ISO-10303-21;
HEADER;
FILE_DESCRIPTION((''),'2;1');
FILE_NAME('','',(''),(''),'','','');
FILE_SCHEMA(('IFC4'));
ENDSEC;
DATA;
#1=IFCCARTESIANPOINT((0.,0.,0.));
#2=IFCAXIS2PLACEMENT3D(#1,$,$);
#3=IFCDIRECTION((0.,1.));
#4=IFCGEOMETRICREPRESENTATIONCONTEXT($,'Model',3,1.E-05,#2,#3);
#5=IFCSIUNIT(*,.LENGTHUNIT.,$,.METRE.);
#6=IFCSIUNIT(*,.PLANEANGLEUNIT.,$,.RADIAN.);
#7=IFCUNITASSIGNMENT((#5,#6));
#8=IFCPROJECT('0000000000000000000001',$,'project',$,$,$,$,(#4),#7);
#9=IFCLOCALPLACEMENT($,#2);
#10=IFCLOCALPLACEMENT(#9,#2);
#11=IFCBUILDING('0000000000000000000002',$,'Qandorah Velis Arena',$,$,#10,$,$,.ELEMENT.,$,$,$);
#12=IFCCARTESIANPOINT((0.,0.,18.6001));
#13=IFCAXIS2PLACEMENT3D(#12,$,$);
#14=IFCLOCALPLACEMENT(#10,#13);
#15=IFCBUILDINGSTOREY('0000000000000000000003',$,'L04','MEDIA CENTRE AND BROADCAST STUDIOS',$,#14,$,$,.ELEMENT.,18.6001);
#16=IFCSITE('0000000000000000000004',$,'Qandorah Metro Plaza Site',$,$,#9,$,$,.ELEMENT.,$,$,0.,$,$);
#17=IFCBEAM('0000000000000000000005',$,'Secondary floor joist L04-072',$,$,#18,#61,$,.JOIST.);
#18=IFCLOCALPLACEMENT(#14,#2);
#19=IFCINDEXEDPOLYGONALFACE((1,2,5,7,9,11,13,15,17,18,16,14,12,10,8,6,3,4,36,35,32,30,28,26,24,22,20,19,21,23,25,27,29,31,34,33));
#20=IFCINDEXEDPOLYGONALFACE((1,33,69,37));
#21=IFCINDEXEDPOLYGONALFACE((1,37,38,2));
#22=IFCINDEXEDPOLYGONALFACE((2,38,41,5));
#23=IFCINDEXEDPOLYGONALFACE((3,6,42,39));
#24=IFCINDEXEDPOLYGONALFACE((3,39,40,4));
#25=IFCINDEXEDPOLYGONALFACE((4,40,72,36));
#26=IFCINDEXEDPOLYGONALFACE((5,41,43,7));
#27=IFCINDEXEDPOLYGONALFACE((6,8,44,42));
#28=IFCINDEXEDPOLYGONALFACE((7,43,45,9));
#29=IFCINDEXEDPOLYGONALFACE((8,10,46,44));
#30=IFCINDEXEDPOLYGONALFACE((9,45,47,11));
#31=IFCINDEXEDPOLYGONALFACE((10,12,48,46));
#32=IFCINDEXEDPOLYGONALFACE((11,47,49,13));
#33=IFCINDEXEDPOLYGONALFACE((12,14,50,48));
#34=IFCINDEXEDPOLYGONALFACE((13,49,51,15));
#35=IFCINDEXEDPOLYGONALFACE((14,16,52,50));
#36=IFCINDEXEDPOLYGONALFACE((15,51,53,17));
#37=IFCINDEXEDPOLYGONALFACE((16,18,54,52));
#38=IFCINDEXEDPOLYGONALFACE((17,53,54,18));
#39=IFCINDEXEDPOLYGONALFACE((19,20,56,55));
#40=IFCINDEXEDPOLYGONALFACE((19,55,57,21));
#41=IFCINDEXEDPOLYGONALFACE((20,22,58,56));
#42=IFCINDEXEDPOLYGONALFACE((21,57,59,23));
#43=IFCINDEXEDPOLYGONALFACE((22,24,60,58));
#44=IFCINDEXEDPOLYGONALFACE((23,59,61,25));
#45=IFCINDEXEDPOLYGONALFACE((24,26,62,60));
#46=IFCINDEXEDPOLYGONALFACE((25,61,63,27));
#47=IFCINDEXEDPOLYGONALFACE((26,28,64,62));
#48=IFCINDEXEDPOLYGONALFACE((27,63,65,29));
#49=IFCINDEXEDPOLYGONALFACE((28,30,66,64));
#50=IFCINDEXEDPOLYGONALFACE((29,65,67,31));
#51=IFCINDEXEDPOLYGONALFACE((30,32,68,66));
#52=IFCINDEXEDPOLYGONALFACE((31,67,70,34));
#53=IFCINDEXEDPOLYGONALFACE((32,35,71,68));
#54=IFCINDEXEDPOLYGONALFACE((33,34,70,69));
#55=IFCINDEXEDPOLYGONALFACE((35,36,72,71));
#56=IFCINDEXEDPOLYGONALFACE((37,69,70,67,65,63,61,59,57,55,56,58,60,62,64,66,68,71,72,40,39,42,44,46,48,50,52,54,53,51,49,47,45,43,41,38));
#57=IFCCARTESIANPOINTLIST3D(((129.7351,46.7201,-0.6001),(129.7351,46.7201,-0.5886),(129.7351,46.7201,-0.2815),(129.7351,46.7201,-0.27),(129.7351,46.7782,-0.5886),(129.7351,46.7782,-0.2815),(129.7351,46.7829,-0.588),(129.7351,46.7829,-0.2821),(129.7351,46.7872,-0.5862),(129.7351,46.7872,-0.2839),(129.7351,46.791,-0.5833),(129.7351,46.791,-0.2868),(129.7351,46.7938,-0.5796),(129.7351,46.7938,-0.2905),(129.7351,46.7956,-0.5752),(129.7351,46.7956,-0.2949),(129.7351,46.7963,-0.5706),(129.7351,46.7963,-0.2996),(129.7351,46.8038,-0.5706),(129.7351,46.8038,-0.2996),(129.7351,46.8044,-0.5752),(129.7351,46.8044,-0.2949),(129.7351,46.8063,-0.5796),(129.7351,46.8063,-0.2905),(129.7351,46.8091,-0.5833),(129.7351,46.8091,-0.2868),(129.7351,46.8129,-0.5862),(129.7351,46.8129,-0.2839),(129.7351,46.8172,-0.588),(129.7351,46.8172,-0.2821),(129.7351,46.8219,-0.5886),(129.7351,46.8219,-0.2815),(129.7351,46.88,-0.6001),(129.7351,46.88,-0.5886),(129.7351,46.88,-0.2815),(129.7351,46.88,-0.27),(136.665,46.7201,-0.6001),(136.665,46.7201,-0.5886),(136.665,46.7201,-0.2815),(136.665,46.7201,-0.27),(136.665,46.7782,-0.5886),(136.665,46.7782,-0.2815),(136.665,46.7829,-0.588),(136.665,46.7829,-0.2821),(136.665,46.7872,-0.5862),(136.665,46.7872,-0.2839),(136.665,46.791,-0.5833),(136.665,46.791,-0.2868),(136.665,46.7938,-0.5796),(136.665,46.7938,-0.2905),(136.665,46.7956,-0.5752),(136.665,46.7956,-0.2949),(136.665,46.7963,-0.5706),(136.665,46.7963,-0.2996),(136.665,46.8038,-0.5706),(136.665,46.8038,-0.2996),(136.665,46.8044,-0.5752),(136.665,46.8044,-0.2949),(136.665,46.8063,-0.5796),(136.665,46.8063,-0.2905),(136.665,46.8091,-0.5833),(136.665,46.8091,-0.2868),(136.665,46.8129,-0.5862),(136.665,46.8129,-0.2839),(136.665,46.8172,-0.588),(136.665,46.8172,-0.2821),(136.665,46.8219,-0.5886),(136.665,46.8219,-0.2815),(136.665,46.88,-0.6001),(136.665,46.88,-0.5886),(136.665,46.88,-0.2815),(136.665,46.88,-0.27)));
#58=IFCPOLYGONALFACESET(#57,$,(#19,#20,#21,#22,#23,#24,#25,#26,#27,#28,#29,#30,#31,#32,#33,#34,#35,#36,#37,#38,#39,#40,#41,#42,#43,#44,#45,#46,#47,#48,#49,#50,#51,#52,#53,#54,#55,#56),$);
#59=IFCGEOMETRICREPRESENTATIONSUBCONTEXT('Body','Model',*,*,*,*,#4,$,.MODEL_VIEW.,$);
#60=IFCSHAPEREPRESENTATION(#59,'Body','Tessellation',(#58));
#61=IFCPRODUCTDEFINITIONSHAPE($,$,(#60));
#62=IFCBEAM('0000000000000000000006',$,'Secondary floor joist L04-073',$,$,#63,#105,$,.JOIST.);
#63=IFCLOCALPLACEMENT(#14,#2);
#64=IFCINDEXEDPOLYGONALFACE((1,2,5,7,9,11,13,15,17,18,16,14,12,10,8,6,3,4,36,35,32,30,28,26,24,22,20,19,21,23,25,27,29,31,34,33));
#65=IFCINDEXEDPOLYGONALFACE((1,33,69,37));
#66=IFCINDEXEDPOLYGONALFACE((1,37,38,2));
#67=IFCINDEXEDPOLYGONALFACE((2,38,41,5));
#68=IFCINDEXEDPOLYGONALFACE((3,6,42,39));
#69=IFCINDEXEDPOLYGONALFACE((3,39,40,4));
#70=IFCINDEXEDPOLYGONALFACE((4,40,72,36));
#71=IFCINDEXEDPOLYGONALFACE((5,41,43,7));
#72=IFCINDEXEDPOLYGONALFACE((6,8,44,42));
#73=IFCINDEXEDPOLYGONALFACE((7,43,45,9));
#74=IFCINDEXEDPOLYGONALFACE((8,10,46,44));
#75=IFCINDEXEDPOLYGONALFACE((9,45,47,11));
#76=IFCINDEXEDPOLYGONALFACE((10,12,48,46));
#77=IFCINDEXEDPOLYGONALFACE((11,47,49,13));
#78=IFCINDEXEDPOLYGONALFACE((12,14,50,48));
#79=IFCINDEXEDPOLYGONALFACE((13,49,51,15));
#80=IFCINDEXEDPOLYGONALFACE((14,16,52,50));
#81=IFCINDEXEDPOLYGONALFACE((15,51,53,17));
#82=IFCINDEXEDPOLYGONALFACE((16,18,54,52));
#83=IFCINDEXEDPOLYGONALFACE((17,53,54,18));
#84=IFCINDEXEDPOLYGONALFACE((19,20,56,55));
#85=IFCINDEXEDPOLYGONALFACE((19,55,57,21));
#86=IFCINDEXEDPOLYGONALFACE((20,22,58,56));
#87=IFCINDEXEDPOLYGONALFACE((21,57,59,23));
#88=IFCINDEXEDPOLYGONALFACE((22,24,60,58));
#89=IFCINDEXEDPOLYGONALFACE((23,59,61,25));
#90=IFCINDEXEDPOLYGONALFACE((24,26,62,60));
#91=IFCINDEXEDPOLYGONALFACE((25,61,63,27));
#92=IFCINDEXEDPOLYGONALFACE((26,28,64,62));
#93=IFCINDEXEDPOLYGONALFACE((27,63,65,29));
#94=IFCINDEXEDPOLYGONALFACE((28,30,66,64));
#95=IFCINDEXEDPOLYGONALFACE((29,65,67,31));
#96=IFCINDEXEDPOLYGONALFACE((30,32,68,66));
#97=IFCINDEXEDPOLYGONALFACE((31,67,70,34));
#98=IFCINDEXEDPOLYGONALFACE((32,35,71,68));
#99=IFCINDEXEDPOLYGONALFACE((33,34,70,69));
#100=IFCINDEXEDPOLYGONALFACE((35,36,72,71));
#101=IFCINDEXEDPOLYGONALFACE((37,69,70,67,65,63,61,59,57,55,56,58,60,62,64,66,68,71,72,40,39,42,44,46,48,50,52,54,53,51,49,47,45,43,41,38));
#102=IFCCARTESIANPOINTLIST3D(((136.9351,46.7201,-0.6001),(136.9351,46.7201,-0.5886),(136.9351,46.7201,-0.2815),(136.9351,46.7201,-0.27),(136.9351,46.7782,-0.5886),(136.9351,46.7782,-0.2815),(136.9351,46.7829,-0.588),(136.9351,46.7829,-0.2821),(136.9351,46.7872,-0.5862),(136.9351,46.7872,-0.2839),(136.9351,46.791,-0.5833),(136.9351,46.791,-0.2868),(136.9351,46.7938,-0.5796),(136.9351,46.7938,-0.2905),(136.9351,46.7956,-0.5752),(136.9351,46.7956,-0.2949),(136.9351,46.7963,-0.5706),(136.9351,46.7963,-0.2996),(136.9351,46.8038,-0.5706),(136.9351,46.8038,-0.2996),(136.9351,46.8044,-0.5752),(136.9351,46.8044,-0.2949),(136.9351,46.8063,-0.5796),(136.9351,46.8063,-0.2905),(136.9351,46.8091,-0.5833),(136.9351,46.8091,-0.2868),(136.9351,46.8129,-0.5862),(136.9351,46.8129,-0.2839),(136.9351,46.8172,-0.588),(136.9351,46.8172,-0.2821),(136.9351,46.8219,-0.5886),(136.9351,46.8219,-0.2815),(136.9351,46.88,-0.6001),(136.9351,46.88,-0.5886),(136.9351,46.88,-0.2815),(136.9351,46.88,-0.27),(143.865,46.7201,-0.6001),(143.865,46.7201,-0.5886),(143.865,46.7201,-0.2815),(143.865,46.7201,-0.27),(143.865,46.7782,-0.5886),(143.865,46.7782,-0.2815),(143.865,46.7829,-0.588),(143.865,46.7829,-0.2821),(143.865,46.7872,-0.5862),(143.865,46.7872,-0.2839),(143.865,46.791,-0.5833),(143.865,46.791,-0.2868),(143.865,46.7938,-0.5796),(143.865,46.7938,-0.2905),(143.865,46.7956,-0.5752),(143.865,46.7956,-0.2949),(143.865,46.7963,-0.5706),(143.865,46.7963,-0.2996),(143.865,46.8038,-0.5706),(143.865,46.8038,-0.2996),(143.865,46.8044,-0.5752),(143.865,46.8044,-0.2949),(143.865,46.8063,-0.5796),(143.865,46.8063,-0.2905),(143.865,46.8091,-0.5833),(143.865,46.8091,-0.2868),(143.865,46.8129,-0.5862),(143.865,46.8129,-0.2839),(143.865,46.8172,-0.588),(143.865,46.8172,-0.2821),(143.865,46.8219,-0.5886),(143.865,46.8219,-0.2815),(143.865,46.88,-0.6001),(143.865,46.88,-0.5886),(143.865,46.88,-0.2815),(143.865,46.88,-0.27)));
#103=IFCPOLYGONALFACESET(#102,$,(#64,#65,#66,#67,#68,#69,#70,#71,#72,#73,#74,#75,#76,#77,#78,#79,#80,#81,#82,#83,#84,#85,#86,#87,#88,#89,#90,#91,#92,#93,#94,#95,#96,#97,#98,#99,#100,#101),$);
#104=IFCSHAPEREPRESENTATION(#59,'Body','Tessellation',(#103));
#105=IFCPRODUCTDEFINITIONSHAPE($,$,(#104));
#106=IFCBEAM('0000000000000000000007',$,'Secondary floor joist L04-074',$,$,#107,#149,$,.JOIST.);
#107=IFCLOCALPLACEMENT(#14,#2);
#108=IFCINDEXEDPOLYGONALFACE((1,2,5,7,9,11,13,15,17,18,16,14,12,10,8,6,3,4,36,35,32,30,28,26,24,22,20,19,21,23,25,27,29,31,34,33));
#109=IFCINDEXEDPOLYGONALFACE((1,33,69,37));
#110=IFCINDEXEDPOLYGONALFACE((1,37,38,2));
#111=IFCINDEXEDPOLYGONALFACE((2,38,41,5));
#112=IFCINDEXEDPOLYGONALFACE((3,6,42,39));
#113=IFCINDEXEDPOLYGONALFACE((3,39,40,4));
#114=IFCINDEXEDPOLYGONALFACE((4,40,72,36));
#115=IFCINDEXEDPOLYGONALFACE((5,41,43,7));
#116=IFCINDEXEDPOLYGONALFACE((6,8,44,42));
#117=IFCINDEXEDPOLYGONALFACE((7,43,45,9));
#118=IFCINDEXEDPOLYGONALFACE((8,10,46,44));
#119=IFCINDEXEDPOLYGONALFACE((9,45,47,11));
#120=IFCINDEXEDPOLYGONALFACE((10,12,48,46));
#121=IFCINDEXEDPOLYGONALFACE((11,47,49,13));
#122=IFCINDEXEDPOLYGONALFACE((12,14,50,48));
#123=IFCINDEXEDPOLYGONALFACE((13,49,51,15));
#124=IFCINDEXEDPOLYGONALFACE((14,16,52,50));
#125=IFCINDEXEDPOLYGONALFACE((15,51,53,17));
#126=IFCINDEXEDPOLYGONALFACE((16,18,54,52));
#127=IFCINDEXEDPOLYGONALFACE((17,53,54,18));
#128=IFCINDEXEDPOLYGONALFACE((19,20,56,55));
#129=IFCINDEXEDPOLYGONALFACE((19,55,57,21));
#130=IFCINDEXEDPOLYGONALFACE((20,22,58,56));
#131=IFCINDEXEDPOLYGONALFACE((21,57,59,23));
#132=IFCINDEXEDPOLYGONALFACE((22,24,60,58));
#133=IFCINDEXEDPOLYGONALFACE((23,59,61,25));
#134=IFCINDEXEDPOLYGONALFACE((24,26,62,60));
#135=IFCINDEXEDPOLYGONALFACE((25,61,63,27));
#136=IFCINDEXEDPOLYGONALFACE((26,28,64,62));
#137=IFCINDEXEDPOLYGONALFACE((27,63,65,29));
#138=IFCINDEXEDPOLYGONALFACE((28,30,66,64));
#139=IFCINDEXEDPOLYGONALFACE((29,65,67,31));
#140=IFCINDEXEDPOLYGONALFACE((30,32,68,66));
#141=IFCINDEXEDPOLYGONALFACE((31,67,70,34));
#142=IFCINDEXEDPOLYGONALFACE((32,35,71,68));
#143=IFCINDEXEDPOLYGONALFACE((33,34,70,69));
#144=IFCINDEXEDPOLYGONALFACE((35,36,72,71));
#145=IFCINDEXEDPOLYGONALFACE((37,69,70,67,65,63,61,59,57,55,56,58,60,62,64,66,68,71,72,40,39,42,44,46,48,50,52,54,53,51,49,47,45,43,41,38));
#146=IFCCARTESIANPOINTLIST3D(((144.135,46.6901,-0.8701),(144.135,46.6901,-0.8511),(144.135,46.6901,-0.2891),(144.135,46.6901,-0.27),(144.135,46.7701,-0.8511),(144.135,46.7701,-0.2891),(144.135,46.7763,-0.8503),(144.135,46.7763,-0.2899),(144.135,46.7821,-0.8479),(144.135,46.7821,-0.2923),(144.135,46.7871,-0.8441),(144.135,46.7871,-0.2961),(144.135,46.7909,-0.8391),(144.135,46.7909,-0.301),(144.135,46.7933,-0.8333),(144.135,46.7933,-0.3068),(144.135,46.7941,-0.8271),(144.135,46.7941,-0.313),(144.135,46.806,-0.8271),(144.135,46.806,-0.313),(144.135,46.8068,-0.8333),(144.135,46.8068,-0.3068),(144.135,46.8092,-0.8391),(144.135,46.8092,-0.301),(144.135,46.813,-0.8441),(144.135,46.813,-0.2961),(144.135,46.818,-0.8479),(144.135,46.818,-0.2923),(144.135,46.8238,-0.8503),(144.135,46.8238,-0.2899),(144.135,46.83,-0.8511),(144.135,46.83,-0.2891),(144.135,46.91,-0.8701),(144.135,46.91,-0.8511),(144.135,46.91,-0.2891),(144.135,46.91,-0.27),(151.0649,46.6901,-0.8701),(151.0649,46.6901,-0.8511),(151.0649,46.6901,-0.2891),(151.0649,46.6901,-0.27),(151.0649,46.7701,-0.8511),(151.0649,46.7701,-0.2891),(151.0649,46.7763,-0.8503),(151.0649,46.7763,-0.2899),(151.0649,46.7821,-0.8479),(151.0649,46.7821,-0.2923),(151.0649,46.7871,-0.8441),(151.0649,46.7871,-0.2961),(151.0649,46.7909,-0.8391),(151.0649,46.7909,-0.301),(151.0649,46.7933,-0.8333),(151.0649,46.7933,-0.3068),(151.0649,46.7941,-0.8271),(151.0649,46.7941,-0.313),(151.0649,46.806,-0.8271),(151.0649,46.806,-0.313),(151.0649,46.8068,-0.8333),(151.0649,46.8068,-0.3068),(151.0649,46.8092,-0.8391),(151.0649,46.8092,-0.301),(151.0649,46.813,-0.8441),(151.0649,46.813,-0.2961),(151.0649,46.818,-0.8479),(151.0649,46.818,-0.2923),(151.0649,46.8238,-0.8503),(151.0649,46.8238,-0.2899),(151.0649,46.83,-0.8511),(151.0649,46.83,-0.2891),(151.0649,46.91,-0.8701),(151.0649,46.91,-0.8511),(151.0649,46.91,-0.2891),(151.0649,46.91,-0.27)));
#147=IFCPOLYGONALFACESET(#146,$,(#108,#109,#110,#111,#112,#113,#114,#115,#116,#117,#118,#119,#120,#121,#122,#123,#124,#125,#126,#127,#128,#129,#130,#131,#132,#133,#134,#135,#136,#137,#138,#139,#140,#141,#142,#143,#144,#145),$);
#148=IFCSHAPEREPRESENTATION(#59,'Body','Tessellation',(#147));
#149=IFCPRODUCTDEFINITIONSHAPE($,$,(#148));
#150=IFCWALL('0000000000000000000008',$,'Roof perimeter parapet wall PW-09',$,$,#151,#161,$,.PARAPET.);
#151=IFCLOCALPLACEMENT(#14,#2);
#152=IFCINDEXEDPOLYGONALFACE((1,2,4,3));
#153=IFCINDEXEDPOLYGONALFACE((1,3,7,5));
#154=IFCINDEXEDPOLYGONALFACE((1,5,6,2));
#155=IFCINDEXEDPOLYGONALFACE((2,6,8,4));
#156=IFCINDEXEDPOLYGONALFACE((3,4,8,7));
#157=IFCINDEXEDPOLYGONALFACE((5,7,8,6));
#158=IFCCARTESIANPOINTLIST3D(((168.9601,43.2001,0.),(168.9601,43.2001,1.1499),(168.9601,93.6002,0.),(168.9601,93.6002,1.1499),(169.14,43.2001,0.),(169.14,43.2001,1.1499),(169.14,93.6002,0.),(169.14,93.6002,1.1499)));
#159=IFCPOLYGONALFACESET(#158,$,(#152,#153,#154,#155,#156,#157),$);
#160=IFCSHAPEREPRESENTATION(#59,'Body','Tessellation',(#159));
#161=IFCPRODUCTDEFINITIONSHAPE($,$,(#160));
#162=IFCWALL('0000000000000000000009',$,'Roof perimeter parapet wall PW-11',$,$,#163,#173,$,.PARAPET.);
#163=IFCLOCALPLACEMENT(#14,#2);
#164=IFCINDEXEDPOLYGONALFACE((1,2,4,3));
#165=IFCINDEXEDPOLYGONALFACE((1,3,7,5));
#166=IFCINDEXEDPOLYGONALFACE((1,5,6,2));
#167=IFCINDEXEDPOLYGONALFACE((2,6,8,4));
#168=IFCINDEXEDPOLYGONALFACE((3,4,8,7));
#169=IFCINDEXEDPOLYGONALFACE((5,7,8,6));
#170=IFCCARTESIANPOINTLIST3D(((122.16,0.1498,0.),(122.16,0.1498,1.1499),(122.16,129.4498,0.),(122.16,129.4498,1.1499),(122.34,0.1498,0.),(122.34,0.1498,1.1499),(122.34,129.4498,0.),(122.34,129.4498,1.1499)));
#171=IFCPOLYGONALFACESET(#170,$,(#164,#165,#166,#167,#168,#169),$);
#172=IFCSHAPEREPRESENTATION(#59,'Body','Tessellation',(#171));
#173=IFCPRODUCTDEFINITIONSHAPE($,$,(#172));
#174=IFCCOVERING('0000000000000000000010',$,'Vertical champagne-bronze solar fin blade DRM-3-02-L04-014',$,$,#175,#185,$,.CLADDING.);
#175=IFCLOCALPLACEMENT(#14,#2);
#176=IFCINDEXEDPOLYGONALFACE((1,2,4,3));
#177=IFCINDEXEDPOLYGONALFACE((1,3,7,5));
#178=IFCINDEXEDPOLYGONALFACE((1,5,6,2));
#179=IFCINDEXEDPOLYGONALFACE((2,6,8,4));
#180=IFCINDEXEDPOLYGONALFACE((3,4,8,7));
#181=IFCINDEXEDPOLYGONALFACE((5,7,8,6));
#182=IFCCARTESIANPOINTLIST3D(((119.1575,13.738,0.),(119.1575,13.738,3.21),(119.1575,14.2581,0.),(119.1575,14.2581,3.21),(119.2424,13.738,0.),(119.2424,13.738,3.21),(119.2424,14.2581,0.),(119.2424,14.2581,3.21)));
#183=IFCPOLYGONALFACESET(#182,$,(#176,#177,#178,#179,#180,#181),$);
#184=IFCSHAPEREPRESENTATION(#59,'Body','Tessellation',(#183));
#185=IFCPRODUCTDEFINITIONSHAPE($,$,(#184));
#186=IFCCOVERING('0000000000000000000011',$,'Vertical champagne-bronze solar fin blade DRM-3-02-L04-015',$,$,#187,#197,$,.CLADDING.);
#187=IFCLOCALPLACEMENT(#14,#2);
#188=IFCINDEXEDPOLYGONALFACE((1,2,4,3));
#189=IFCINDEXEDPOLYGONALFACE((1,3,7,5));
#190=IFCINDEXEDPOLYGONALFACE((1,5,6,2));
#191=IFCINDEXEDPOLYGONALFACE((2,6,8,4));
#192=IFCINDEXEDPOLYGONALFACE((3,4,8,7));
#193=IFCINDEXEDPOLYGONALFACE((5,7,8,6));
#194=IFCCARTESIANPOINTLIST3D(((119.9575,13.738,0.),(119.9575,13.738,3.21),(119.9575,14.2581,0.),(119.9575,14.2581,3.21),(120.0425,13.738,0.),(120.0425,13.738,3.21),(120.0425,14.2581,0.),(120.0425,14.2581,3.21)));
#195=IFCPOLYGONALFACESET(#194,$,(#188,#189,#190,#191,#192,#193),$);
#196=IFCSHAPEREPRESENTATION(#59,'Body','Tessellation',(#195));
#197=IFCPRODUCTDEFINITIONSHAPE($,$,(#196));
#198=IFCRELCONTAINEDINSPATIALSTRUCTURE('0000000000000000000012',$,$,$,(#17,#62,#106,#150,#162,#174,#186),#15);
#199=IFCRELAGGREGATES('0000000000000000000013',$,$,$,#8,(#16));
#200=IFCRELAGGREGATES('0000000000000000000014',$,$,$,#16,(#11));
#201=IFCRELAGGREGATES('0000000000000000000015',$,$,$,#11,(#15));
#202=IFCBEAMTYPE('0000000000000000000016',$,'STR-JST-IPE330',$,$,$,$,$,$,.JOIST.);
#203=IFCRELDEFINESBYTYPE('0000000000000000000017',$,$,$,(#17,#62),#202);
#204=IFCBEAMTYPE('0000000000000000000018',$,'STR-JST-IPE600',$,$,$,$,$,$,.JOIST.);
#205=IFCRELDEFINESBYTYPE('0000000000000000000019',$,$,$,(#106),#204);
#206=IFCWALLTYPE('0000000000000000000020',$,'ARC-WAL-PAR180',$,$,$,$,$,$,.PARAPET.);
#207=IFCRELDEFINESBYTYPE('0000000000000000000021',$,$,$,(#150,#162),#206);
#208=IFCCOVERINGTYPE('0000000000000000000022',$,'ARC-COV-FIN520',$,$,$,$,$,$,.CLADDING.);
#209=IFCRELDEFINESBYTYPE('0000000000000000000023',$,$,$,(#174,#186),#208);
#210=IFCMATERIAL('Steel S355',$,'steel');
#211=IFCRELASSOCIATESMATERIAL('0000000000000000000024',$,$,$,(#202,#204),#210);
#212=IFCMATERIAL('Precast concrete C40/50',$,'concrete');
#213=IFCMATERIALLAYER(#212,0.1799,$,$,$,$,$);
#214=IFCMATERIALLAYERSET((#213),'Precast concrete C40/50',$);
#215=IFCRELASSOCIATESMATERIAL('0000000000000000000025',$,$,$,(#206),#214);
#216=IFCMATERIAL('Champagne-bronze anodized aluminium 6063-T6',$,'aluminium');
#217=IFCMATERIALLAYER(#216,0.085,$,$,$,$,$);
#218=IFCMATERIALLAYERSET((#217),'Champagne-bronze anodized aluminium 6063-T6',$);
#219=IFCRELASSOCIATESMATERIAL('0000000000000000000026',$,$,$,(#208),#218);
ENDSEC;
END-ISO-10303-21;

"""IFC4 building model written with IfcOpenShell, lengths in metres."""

from ifc_helpers import new_model, si_unit, direction, frame, frame_2d, origin, origin_2d, place, context, subcontext, project, spatial, rectangle, i_section, extrude, material, layer, layer_set, material_profile, profile_set, type_object, element, save


model = new_model("IFC4")

# Units and contexts
model_context = context("Model", 3, precision=1e-05, world=origin(), true_north=direction((0.0, 1.0)))
body_context = subcontext(model_context, "Body", "Model", "MODEL_VIEW")
ifc_project = project(units=[si_unit("LENGTHUNIT", "METRE"), si_unit("PLANEANGLEUNIT", "RADIAN")], contexts=[model_context])

# Site, building, storey
site_placement = place(None, origin())
site = spatial("IfcSite", under=ifc_project, at=site_placement, Name="Qandorah Metro Plaza Site", CompositionType="ELEMENT", RefElevation=0.0)
building_placement = place(site_placement, origin())
building = spatial("IfcBuilding", under=site, at=building_placement, Name="Qandorah Velis Arena", CompositionType="ELEMENT")
storey_placement = place(building_placement, frame((0.0, 0.0, 18.6001)))
storey = spatial("IfcBuildingStorey", under=building, at=storey_placement, Name="L04", Description="MEDIA CENTRE AND BROADCAST STUDIOS", CompositionType="ELEMENT", Elevation=18.6001)

# Beams
ifc_material_1 = material(Name="Steel S355", Category="steel")
ifc_material_profile_1 = material_profile(ifc_material_1, i_section(OverallWidth=0.1599, OverallDepth=0.3301, WebThickness=0.0076, FlangeThickness=0.0115, FilletRadius=0.0181, at=origin_2d()), Name="IPE 330")
ifc_profile_set_1 = profile_set([ifc_material_profile_1], Name="Steel S355")
beam_type_1 = type_object("IfcBeamType", Name="STR-JST-IPE330", PredefinedType="JOIST", material=ifc_profile_set_1)
for number, where, z_axis, x_axis, name in (
    (1, (129.7351, 46.8, -0.4351), (1.0, 0.0, 0.0), (0.0, 1.0, 0.0), "Secondary floor joist L04-072"),
    (2, (136.9351, 46.8, -0.4351), (1.0, 0.0, 0.0), (0.0, 1.0, 0.0), "Secondary floor joist L04-073"),
):
    element("IfcBeam", number, at=place(storey_placement, frame(where, z_axis=z_axis, x_axis=x_axis)), inside=storey, type_object=beam_type_1, Name=name, PredefinedType="JOIST", context=body_context, shape_type="SweptSolid", body=[
        extrude(i_section(OverallWidth=0.1599, OverallDepth=0.3301, WebThickness=0.0076, FlangeThickness=0.0115, FilletRadius=0.0181, at=origin_2d()), origin(), (0.0, 0.0, 1.0), 6.9299),
    ])
ifc_material_profile_2 = material_profile(ifc_material_1, i_section(OverallWidth=0.22, OverallDepth=0.6001, WebThickness=0.012, FlangeThickness=0.019, FilletRadius=0.0239, at=origin_2d()), Name="IPE 600")
ifc_profile_set_2 = profile_set([ifc_material_profile_2], Name="Steel S355")
beam_type_2 = type_object("IfcBeamType", Name="STR-JST-IPE600", PredefinedType="JOIST", material=ifc_profile_set_2)
beam_1_placement = place(storey_placement, frame((144.135, 46.8, -0.5701), z_axis=(1.0, 0.0, 0.0), x_axis=(0.0, 1.0, 0.0)))
element("IfcBeam", 3, at=beam_1_placement, inside=storey, type_object=beam_type_2, Name="Secondary floor joist L04-074", PredefinedType="JOIST", context=body_context, shape_type="SweptSolid", body=[
    extrude(i_section(OverallWidth=0.22, OverallDepth=0.6001, WebThickness=0.012, FlangeThickness=0.019, FilletRadius=0.0239, at=origin_2d()), origin(), (0.0, 0.0, 1.0), 6.9299),
])

# Walls
ifc_material_2 = material(Name="Precast concrete C40/50", Category="concrete")
ifc_layer_1 = layer(ifc_material_2, 0.1799)
ifc_layer_set_1 = layer_set([ifc_layer_1], Name="Precast concrete C40/50")
wall_type = type_object("IfcWallType", Name="ARC-WAL-PAR180", PredefinedType="PARAPET", material=ifc_layer_set_1)
wall_1_placement = place(storey_placement, frame((169.05, 43.2, 0.0), z_axis=(0.0, 0.0, 1.0), x_axis=(0.0, 1.0, 0.0)))
element("IfcWall", 4, at=wall_1_placement, inside=storey, type_object=wall_type, Name="Roof perimeter parapet wall PW-09", PredefinedType="PARAPET", context=body_context, shape_type="SweptSolid", body=[
    extrude(rectangle(XDim=50.4001, YDim=0.1799, at=frame_2d((25.2002, 0.0))), origin(), (0.0, 0.0, 1.0), 1.1499),
])
wall_2_placement = place(storey_placement, frame((122.25, 0.1499, 0.0), z_axis=(0.0, 0.0, 1.0), x_axis=(0.0, 1.0, 0.0)))
element("IfcWall", 5, at=wall_2_placement, inside=storey, type_object=wall_type, Name="Roof perimeter parapet wall PW-11", PredefinedType="PARAPET", context=body_context, shape_type="SweptSolid", body=[
    extrude(rectangle(XDim=129.3, YDim=0.1799, at=frame_2d((64.6499, 0.0))), origin(), (0.0, 0.0, 1.0), 1.1499),
])

# Coverings
ifc_material_3 = material(Name="Champagne-bronze anodized aluminium 6063-T6", Category="aluminium")
ifc_layer_2 = layer(ifc_material_3, 0.085)
ifc_layer_set_2 = layer_set([ifc_layer_2], Name="Champagne-bronze anodized aluminium 6063-T6")
covering_type = type_object("IfcCoveringType", Name="ARC-COV-FIN520", PredefinedType="CLADDING", material=ifc_layer_set_2)
for number, where, z_axis, x_axis, name in (
    (6, (119.2, 13.998, 0.0), (0.0, 0.0, 1.0), (1.0, 0.0, 0.0), "Vertical champagne-bronze solar fin blade DRM-3-02-L04-014"),
    (7, (120.0, 13.998, 0.0), (0.0, 0.0, 1.0), (1.0, 0.0, 0.0), "Vertical champagne-bronze solar fin blade DRM-3-02-L04-015"),
):
    element("IfcCovering", number, at=place(storey_placement, frame(where, z_axis=z_axis, x_axis=x_axis)), inside=storey, type_object=covering_type, Name=name, PredefinedType="CLADDING", context=body_context, shape_type="SweptSolid", body=[
        extrude(rectangle(XDim=0.085, YDim=0.52, at=origin_2d()), origin(), (0.0, 0.0, 1.0), 3.21),
    ])

save(model, "model.ifc")
